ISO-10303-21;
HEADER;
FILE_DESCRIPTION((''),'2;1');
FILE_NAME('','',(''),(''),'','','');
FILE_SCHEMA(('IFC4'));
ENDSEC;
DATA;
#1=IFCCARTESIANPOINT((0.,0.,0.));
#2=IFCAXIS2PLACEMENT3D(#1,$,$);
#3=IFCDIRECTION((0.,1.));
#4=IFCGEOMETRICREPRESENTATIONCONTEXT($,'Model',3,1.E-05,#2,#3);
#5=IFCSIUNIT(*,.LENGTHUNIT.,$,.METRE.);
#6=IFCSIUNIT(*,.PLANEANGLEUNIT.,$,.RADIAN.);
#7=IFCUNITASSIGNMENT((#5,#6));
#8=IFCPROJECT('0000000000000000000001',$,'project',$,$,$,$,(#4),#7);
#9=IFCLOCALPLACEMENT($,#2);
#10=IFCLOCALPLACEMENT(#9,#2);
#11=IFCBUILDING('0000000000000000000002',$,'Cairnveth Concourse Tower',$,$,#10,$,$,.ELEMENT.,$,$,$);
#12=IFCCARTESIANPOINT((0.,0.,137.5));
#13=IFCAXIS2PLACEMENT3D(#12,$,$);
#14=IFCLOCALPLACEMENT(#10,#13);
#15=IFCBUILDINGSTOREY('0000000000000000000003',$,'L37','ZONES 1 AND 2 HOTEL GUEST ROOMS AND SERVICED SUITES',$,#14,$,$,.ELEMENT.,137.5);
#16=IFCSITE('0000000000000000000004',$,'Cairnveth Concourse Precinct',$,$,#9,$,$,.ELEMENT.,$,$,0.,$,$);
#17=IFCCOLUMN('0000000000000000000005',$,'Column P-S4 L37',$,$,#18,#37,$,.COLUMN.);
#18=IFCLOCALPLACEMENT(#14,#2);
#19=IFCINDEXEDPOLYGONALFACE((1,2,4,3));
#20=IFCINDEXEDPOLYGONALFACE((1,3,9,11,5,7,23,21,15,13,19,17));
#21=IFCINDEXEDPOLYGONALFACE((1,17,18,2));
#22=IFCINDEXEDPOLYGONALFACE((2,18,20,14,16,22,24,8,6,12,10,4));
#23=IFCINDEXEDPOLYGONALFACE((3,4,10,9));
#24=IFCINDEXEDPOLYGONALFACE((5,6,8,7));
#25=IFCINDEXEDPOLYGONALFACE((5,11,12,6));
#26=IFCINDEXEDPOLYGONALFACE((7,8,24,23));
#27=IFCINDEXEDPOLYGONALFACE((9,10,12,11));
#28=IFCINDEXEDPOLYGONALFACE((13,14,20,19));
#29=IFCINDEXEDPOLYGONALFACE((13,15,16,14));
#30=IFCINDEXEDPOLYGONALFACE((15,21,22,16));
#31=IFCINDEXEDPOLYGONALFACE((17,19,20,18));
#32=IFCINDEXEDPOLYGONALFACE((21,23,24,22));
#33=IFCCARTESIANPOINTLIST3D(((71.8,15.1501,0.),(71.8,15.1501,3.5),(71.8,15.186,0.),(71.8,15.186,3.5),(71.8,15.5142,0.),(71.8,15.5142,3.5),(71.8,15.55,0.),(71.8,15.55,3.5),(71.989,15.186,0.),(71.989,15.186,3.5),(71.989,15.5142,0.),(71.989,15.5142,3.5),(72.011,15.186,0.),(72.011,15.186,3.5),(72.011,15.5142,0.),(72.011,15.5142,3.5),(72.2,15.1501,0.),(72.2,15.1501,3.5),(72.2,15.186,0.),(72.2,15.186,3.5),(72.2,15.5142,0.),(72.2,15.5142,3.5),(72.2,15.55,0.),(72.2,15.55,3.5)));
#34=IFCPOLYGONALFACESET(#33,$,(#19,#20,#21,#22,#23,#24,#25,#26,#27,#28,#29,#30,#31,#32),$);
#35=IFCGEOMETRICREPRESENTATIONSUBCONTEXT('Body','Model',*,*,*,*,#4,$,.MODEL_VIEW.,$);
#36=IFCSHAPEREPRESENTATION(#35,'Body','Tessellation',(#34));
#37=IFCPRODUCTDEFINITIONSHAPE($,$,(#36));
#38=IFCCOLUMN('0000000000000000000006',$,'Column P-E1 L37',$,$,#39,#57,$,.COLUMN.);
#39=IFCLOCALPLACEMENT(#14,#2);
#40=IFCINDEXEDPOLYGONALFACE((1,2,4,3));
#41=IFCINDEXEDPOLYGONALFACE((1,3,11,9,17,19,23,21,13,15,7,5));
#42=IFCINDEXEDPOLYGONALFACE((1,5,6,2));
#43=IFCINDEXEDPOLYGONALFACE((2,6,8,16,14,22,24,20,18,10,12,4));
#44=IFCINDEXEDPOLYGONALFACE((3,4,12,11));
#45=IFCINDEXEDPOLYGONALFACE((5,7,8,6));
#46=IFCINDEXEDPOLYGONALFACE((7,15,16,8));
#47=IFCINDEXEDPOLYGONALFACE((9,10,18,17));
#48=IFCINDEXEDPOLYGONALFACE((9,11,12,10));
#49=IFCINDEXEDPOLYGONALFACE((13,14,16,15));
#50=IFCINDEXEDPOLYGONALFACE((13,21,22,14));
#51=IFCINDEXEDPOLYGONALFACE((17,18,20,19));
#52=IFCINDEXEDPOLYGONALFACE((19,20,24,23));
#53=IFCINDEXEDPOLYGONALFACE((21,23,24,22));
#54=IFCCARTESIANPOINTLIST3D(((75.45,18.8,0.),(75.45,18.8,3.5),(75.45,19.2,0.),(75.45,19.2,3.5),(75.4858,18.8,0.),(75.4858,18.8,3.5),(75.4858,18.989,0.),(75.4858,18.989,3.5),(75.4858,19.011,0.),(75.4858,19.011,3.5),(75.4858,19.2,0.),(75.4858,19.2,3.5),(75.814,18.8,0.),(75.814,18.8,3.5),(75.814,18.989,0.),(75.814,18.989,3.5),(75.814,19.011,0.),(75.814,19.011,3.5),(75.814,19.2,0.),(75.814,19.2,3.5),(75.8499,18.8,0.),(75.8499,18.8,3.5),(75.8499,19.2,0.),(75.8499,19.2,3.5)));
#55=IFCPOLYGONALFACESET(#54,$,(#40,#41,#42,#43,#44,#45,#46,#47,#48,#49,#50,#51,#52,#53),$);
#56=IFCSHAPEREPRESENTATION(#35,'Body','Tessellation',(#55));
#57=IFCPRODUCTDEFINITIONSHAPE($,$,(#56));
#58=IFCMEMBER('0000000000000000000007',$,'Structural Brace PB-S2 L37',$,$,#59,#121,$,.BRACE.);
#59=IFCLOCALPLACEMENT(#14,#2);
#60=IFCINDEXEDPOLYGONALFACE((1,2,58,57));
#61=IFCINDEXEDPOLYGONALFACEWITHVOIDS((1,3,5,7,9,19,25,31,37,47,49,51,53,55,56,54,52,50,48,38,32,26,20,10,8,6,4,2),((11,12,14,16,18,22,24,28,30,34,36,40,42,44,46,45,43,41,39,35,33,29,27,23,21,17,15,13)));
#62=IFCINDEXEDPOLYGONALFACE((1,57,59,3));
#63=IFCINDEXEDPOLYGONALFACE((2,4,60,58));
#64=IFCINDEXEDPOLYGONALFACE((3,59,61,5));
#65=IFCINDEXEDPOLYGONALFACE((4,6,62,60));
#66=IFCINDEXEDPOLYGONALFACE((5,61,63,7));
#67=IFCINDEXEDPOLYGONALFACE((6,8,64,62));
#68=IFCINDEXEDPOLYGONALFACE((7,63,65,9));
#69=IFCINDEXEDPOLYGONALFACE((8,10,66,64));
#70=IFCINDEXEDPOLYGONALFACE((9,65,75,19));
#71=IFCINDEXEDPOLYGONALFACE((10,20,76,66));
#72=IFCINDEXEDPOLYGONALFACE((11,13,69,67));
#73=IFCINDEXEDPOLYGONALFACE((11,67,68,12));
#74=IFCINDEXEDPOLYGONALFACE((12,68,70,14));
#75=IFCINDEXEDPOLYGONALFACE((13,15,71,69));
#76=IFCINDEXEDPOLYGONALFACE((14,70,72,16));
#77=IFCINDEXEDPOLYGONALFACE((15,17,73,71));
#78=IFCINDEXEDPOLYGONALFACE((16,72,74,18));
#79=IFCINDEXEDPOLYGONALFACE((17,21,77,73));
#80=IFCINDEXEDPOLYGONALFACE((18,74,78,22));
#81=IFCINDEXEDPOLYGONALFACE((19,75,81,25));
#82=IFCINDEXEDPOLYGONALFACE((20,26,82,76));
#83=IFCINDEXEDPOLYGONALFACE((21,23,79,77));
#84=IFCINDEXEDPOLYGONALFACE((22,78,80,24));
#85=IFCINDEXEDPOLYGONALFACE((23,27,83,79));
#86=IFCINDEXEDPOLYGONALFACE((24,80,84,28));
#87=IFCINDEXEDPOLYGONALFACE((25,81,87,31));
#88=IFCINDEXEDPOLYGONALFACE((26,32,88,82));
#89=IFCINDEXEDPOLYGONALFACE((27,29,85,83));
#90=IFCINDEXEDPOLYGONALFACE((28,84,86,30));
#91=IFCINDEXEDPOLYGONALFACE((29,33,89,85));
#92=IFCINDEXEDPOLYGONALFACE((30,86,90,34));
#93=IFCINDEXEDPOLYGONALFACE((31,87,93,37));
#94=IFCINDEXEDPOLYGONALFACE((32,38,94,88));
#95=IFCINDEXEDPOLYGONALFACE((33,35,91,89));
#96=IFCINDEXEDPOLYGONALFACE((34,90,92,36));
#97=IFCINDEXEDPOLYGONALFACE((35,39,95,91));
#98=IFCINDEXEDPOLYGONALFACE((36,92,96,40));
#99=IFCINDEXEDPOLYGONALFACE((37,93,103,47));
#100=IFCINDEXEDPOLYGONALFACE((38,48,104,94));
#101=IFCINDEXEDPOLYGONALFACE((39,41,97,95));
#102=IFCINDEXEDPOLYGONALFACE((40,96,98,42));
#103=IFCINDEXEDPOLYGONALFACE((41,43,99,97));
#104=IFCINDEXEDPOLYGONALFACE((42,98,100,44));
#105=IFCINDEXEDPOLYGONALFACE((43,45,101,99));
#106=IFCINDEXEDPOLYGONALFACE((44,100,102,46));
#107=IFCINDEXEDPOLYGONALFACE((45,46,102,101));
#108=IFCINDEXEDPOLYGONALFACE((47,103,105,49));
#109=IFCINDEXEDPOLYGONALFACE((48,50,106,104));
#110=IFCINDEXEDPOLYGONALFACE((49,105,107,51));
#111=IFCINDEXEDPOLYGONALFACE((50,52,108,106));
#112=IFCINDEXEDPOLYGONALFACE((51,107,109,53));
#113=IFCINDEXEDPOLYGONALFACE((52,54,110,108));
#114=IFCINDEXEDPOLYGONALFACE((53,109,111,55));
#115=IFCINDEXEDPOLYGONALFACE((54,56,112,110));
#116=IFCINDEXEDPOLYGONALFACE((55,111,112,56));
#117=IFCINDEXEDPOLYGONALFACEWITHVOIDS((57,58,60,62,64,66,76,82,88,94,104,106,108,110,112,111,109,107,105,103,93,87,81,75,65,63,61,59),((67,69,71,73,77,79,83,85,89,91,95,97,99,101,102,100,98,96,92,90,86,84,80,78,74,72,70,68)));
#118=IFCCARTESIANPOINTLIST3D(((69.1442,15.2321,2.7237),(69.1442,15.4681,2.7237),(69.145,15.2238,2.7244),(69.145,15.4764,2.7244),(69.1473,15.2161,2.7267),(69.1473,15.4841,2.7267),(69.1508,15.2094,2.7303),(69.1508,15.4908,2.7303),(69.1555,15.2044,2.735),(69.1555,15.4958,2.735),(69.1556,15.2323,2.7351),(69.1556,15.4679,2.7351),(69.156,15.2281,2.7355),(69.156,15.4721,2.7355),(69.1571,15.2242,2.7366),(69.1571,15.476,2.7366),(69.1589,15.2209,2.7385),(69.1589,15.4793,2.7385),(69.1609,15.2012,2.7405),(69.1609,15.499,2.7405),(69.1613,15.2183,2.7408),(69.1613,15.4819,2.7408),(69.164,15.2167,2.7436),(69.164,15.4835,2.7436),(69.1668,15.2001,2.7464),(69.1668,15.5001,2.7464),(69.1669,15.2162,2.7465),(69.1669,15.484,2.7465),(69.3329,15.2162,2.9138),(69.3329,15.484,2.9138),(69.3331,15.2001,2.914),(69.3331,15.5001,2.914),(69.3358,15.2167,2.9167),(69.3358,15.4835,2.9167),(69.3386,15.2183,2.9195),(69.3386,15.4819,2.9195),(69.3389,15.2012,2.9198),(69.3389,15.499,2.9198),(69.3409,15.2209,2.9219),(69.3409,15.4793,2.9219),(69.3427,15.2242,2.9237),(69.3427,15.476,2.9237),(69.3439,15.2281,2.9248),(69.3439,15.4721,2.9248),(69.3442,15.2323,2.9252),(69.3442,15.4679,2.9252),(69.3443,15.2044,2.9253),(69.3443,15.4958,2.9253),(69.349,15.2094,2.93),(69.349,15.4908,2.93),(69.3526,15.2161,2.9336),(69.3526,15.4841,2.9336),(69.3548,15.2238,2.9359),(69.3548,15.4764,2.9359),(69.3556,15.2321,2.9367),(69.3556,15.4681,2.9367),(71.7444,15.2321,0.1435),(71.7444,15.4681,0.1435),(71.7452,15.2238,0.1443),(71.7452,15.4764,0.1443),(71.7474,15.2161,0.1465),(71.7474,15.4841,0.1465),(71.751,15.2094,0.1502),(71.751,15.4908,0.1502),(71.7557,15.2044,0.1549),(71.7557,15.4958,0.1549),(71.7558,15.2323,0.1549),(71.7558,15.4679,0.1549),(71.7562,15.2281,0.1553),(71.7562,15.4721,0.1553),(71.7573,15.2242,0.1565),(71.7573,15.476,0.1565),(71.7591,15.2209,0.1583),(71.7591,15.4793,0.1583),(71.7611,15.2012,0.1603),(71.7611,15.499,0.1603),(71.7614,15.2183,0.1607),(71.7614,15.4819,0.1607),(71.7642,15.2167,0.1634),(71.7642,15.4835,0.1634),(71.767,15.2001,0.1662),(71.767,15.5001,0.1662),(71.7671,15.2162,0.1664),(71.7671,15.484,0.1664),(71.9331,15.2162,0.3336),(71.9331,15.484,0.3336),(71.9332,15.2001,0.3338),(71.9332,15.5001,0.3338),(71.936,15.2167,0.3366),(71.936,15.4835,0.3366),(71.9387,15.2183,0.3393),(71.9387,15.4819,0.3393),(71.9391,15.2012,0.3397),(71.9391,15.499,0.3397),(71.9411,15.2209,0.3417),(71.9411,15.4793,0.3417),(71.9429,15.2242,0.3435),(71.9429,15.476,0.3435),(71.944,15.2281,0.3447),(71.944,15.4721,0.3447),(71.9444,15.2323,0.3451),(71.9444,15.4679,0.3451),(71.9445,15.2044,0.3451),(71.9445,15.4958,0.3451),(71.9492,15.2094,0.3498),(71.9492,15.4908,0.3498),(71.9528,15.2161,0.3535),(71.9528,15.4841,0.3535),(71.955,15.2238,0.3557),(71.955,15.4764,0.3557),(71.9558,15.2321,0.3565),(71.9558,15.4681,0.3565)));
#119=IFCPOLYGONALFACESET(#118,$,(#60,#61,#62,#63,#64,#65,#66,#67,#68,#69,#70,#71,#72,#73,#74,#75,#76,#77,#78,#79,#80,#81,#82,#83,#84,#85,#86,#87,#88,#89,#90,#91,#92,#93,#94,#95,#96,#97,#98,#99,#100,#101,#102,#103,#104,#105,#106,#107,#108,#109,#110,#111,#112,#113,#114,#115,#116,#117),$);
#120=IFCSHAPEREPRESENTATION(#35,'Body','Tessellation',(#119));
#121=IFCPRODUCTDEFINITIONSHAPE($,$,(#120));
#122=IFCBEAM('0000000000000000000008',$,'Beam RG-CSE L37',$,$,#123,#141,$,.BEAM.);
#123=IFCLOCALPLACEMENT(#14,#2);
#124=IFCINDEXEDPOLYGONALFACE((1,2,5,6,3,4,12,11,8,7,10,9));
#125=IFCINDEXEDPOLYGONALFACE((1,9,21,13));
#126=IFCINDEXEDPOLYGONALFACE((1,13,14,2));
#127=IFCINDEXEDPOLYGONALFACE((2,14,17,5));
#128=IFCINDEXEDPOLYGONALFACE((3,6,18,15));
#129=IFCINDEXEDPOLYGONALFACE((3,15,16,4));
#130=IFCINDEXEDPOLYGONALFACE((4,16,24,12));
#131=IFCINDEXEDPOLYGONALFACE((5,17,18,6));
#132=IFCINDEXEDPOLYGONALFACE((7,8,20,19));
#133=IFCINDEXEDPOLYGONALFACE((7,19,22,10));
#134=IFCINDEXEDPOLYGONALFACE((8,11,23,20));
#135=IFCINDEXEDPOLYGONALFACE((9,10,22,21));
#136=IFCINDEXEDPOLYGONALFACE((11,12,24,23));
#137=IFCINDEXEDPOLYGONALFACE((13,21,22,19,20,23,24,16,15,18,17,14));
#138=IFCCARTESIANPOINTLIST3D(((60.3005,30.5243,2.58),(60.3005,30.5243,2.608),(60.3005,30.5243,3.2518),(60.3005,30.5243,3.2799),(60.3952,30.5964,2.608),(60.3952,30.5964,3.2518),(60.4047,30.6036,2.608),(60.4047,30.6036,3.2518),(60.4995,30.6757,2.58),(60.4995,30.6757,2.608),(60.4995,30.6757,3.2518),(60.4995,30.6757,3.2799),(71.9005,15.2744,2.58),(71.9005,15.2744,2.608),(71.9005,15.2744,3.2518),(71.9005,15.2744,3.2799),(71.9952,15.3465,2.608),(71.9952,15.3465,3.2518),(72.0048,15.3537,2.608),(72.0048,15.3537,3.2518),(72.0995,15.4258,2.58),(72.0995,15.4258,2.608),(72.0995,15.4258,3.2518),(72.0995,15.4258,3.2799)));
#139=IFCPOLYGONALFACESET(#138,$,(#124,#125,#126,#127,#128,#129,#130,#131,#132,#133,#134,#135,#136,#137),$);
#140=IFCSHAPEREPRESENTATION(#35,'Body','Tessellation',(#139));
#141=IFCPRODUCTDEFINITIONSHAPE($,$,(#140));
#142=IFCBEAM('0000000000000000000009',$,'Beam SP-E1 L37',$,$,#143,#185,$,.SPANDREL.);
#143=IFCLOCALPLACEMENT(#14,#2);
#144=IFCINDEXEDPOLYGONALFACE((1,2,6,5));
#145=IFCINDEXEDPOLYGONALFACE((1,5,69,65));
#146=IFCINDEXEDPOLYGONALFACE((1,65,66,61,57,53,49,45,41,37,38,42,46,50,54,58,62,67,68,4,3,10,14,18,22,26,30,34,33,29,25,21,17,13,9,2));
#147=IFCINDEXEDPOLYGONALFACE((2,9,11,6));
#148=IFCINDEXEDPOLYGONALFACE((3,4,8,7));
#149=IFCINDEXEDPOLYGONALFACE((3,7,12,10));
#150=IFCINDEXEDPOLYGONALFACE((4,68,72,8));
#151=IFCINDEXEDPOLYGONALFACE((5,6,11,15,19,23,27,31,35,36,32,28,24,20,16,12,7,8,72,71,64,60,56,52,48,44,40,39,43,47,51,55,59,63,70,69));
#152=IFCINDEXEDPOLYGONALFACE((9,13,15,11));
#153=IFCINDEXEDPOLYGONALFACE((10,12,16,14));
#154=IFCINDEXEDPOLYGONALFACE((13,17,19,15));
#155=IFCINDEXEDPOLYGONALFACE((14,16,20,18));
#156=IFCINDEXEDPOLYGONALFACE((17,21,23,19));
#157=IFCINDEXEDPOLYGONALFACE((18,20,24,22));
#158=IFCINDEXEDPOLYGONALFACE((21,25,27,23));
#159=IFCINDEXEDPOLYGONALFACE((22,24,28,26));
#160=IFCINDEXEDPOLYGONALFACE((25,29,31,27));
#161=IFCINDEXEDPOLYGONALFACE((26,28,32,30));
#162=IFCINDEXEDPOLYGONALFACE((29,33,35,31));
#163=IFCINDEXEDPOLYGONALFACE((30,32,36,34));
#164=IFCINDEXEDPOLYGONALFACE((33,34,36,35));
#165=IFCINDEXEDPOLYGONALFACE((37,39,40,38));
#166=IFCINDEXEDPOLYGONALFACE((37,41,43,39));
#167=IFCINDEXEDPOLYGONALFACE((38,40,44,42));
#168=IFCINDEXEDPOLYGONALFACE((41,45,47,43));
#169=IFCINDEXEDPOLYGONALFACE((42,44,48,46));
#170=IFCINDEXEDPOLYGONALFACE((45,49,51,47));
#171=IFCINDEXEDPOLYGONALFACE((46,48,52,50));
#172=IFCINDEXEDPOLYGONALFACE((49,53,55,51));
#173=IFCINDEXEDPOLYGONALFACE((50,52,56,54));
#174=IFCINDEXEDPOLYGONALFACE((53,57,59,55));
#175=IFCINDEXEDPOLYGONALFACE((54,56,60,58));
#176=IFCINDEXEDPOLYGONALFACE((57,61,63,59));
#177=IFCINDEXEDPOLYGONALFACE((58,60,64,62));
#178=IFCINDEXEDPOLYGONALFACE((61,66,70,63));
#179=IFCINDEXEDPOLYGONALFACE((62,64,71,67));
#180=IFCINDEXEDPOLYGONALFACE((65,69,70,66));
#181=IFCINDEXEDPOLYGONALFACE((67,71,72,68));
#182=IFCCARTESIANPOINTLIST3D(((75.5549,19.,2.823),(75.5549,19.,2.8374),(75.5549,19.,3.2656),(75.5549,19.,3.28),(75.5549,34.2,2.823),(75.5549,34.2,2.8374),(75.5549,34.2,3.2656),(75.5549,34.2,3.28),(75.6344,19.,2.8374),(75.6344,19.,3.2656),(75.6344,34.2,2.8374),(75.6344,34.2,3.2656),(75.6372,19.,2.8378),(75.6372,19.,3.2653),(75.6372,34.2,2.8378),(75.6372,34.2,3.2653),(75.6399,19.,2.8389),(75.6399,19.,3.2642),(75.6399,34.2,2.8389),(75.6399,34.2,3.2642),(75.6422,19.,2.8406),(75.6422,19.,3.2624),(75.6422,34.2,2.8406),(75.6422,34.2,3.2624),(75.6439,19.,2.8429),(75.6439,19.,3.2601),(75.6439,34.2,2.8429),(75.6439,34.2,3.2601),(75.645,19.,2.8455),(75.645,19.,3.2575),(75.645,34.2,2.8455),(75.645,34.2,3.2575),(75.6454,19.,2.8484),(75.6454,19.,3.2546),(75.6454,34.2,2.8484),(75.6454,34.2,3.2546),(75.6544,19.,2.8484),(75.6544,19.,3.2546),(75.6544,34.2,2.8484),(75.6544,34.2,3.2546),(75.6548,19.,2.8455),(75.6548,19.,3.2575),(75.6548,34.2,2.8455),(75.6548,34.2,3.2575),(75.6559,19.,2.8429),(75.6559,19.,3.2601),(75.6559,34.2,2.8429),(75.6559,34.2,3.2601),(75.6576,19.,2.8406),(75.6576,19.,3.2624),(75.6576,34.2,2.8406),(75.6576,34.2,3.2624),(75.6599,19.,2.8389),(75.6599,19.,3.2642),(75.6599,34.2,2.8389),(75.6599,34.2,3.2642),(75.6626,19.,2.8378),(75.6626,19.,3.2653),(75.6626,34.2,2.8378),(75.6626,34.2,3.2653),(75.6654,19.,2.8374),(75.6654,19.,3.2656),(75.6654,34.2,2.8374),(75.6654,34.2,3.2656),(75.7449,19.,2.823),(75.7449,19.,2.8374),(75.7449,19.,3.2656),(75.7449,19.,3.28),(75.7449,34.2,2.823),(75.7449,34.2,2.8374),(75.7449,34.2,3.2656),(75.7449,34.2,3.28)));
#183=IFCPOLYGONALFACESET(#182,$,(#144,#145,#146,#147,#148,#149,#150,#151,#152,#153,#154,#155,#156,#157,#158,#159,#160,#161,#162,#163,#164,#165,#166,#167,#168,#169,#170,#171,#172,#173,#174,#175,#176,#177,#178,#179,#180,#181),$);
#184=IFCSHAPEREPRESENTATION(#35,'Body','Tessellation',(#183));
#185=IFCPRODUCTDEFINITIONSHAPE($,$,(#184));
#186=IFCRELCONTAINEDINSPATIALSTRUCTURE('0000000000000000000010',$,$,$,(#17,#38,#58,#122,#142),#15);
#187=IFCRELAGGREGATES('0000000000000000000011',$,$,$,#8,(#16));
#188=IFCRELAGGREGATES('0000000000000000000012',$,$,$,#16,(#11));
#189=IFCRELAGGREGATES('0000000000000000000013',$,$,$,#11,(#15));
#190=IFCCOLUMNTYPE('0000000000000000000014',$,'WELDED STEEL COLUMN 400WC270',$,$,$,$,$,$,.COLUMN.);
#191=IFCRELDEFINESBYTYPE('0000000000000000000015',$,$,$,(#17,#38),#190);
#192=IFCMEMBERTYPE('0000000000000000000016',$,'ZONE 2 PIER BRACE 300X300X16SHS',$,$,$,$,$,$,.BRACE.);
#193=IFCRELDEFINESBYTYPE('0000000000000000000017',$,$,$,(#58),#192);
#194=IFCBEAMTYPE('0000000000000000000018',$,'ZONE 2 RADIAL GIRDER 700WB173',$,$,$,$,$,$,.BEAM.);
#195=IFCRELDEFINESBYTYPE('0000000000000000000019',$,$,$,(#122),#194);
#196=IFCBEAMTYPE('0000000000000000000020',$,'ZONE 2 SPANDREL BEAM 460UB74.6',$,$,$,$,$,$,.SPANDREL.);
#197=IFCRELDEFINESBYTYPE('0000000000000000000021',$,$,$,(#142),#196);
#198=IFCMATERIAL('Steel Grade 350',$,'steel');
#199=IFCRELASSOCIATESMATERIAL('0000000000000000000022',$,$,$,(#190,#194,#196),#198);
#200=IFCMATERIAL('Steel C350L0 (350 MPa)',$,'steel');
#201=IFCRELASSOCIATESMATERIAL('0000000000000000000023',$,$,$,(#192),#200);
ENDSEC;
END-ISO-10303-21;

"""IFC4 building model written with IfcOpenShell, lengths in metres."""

from ifc_helpers import new_model, si_unit, direction, frame, origin, origin_2d, place, context, subcontext, project, spatial, hollow_rectangle, i_section, extrude, material, material_profile, profile_set, type_object, element, save


model = new_model("IFC4")

# Units and contexts
model_context = context("Model", 3, precision=1e-05, world=origin(), true_north=direction((0.0, 1.0)))
body_context = subcontext(model_context, "Body", "Model", "MODEL_VIEW")
ifc_project = project(units=[si_unit("LENGTHUNIT", "METRE"), si_unit("PLANEANGLEUNIT", "RADIAN")], contexts=[model_context])

# Site, building, storey
site_placement = place(None, origin())
site = spatial("IfcSite", under=ifc_project, at=site_placement, Name="Cairnveth Concourse Precinct", CompositionType="ELEMENT", RefElevation=0.0)
building_placement = place(site_placement, origin())
building = spatial("IfcBuilding", under=site, at=building_placement, Name="Cairnveth Concourse Tower", CompositionType="ELEMENT")
storey_placement = place(building_placement, frame((0.0, 0.0, 137.5)))
storey = spatial("IfcBuildingStorey", under=building, at=storey_placement, Name="L37", Description="ZONES 1 AND 2 HOTEL GUEST ROOMS AND SERVICED SUITES", CompositionType="ELEMENT", Elevation=137.5)

# Columns
ifc_material_1 = material(Name="Steel Grade 350", Category="steel")
ifc_material_profile_1 = material_profile(ifc_material_1, i_section(OverallWidth=0.3999, OverallDepth=0.3999, WebThickness=0.022, FlangeThickness=0.0359, at=origin_2d()), Name="400WC270")
ifc_profile_set_1 = profile_set([ifc_material_profile_1], Name="Steel Grade 350")
column_type = type_object("IfcColumnType", Name="WELDED STEEL COLUMN 400WC270", PredefinedType="COLUMN", material=ifc_profile_set_1)
for number, where, z_axis, x_axis, name in (
    (1, (72.0, 15.3501, 0.0), (0.0, 0.0, 1.0), (1.0, 0.0, 0.0), "Column P-S4 L37"),
    (2, (75.6499, 19.0, 0.0), (0.0, 0.0, 1.0), (0.0, 1.0, 0.0), "Column P-E1 L37"),
):
    element("IfcColumn", number, at=place(storey_placement, frame(where, z_axis=z_axis, x_axis=x_axis)), inside=storey, type_object=column_type, Name=name, PredefinedType="COLUMN", context=body_context, shape_type="SweptSolid", body=[
        extrude(i_section(OverallWidth=0.3999, OverallDepth=0.3999, WebThickness=0.022, FlangeThickness=0.0359, at=origin_2d()), origin(), (0.0, 0.0, 1.0), 3.5),
    ])

# Member
ifc_material_2 = material(Name="Steel C350L0 (350 MPa)", Category="steel")
ifc_material_profile_2 = material_profile(ifc_material_2, hollow_rectangle(XDim=0.3, YDim=0.3, WallThickness=0.0161, InnerFilletRadius=0.0161, OuterFilletRadius=0.032, at=origin_2d()), Name="300x300x16.0SHS")
ifc_profile_set_2 = profile_set([ifc_material_profile_2], Name="Steel C350L0 (350 MPa)")
member_type = type_object("IfcMemberType", Name="ZONE 2 PIER BRACE 300X300X16SHS", PredefinedType="BRACE", material=ifc_profile_set_2)
member_placement = place(storey_placement, frame((71.8501, 15.3501, 0.25), z_axis=(-0.709834, 0.0, 0.704369), x_axis=(0.0, -1.0, 0.0)))
element("IfcMember", 3, at=member_placement, inside=storey, type_object=member_type, Name="Structural Brace PB-S2 L37", PredefinedType="BRACE", context=body_context, shape_type="SweptSolid", body=[
    extrude(hollow_rectangle(XDim=0.3, YDim=0.3, WallThickness=0.0161, InnerFilletRadius=0.0161, OuterFilletRadius=0.032, at=origin_2d()), origin(), (0.0, 0.0, 1.0), 3.6631),
])

# Beams
ifc_material_profile_3 = material_profile(ifc_material_1, i_section(OverallWidth=0.25, OverallDepth=0.7, WebThickness=0.012, FlangeThickness=0.0281, at=origin_2d()), Name="700WB173")
ifc_profile_set_3 = profile_set([ifc_material_profile_3], Name="Steel Grade 350")
beam_type_1 = type_object("IfcBeamType", Name="ZONE 2 RADIAL GIRDER 700WB173", PredefinedType="BEAM", material=ifc_profile_set_3)
beam_1_placement = place(storey_placement, frame((72.0, 15.3501, 2.9299), z_axis=(-0.605417, 0.795908, 0.0), x_axis=(-0.795908, -0.605417, 0.0)))
element("IfcBeam", 4, at=beam_1_placement, inside=storey, type_object=beam_type_1, Name="Beam RG-CSE L37", PredefinedType="BEAM", context=body_context, shape_type="SweptSolid", body=[
    extrude(i_section(OverallWidth=0.25, OverallDepth=0.7, WebThickness=0.012, FlangeThickness=0.0281, at=origin_2d()), origin(), (0.0, 0.0, 1.0), 19.1604),
])
ifc_material_profile_4 = material_profile(ifc_material_1, i_section(OverallWidth=0.1899, OverallDepth=0.457, WebThickness=0.009, FlangeThickness=0.0144, FilletRadius=0.011, at=origin_2d()), Name="460UB74.6")
ifc_profile_set_4 = profile_set([ifc_material_profile_4], Name="Steel Grade 350")
beam_type_2 = type_object("IfcBeamType", Name="ZONE 2 SPANDREL BEAM 460UB74.6", PredefinedType="SPANDREL", material=ifc_profile_set_4)
beam_2_placement = place(storey_placement, frame((75.6499, 19.0, 3.0515), z_axis=(0.0, 1.0, 0.0), x_axis=(-1.0, 0.0, 0.0)))
element("IfcBeam", 5, at=beam_2_placement, inside=storey, type_object=beam_type_2, Name="Beam SP-E1 L37", PredefinedType="SPANDREL", context=body_context, shape_type="SweptSolid", body=[
    extrude(i_section(OverallWidth=0.1899, OverallDepth=0.457, WebThickness=0.009, FlangeThickness=0.0144, FilletRadius=0.011, at=origin_2d()), origin(), (0.0, 0.0, 1.0), 15.2),
])

save(model, "model.ifc")
